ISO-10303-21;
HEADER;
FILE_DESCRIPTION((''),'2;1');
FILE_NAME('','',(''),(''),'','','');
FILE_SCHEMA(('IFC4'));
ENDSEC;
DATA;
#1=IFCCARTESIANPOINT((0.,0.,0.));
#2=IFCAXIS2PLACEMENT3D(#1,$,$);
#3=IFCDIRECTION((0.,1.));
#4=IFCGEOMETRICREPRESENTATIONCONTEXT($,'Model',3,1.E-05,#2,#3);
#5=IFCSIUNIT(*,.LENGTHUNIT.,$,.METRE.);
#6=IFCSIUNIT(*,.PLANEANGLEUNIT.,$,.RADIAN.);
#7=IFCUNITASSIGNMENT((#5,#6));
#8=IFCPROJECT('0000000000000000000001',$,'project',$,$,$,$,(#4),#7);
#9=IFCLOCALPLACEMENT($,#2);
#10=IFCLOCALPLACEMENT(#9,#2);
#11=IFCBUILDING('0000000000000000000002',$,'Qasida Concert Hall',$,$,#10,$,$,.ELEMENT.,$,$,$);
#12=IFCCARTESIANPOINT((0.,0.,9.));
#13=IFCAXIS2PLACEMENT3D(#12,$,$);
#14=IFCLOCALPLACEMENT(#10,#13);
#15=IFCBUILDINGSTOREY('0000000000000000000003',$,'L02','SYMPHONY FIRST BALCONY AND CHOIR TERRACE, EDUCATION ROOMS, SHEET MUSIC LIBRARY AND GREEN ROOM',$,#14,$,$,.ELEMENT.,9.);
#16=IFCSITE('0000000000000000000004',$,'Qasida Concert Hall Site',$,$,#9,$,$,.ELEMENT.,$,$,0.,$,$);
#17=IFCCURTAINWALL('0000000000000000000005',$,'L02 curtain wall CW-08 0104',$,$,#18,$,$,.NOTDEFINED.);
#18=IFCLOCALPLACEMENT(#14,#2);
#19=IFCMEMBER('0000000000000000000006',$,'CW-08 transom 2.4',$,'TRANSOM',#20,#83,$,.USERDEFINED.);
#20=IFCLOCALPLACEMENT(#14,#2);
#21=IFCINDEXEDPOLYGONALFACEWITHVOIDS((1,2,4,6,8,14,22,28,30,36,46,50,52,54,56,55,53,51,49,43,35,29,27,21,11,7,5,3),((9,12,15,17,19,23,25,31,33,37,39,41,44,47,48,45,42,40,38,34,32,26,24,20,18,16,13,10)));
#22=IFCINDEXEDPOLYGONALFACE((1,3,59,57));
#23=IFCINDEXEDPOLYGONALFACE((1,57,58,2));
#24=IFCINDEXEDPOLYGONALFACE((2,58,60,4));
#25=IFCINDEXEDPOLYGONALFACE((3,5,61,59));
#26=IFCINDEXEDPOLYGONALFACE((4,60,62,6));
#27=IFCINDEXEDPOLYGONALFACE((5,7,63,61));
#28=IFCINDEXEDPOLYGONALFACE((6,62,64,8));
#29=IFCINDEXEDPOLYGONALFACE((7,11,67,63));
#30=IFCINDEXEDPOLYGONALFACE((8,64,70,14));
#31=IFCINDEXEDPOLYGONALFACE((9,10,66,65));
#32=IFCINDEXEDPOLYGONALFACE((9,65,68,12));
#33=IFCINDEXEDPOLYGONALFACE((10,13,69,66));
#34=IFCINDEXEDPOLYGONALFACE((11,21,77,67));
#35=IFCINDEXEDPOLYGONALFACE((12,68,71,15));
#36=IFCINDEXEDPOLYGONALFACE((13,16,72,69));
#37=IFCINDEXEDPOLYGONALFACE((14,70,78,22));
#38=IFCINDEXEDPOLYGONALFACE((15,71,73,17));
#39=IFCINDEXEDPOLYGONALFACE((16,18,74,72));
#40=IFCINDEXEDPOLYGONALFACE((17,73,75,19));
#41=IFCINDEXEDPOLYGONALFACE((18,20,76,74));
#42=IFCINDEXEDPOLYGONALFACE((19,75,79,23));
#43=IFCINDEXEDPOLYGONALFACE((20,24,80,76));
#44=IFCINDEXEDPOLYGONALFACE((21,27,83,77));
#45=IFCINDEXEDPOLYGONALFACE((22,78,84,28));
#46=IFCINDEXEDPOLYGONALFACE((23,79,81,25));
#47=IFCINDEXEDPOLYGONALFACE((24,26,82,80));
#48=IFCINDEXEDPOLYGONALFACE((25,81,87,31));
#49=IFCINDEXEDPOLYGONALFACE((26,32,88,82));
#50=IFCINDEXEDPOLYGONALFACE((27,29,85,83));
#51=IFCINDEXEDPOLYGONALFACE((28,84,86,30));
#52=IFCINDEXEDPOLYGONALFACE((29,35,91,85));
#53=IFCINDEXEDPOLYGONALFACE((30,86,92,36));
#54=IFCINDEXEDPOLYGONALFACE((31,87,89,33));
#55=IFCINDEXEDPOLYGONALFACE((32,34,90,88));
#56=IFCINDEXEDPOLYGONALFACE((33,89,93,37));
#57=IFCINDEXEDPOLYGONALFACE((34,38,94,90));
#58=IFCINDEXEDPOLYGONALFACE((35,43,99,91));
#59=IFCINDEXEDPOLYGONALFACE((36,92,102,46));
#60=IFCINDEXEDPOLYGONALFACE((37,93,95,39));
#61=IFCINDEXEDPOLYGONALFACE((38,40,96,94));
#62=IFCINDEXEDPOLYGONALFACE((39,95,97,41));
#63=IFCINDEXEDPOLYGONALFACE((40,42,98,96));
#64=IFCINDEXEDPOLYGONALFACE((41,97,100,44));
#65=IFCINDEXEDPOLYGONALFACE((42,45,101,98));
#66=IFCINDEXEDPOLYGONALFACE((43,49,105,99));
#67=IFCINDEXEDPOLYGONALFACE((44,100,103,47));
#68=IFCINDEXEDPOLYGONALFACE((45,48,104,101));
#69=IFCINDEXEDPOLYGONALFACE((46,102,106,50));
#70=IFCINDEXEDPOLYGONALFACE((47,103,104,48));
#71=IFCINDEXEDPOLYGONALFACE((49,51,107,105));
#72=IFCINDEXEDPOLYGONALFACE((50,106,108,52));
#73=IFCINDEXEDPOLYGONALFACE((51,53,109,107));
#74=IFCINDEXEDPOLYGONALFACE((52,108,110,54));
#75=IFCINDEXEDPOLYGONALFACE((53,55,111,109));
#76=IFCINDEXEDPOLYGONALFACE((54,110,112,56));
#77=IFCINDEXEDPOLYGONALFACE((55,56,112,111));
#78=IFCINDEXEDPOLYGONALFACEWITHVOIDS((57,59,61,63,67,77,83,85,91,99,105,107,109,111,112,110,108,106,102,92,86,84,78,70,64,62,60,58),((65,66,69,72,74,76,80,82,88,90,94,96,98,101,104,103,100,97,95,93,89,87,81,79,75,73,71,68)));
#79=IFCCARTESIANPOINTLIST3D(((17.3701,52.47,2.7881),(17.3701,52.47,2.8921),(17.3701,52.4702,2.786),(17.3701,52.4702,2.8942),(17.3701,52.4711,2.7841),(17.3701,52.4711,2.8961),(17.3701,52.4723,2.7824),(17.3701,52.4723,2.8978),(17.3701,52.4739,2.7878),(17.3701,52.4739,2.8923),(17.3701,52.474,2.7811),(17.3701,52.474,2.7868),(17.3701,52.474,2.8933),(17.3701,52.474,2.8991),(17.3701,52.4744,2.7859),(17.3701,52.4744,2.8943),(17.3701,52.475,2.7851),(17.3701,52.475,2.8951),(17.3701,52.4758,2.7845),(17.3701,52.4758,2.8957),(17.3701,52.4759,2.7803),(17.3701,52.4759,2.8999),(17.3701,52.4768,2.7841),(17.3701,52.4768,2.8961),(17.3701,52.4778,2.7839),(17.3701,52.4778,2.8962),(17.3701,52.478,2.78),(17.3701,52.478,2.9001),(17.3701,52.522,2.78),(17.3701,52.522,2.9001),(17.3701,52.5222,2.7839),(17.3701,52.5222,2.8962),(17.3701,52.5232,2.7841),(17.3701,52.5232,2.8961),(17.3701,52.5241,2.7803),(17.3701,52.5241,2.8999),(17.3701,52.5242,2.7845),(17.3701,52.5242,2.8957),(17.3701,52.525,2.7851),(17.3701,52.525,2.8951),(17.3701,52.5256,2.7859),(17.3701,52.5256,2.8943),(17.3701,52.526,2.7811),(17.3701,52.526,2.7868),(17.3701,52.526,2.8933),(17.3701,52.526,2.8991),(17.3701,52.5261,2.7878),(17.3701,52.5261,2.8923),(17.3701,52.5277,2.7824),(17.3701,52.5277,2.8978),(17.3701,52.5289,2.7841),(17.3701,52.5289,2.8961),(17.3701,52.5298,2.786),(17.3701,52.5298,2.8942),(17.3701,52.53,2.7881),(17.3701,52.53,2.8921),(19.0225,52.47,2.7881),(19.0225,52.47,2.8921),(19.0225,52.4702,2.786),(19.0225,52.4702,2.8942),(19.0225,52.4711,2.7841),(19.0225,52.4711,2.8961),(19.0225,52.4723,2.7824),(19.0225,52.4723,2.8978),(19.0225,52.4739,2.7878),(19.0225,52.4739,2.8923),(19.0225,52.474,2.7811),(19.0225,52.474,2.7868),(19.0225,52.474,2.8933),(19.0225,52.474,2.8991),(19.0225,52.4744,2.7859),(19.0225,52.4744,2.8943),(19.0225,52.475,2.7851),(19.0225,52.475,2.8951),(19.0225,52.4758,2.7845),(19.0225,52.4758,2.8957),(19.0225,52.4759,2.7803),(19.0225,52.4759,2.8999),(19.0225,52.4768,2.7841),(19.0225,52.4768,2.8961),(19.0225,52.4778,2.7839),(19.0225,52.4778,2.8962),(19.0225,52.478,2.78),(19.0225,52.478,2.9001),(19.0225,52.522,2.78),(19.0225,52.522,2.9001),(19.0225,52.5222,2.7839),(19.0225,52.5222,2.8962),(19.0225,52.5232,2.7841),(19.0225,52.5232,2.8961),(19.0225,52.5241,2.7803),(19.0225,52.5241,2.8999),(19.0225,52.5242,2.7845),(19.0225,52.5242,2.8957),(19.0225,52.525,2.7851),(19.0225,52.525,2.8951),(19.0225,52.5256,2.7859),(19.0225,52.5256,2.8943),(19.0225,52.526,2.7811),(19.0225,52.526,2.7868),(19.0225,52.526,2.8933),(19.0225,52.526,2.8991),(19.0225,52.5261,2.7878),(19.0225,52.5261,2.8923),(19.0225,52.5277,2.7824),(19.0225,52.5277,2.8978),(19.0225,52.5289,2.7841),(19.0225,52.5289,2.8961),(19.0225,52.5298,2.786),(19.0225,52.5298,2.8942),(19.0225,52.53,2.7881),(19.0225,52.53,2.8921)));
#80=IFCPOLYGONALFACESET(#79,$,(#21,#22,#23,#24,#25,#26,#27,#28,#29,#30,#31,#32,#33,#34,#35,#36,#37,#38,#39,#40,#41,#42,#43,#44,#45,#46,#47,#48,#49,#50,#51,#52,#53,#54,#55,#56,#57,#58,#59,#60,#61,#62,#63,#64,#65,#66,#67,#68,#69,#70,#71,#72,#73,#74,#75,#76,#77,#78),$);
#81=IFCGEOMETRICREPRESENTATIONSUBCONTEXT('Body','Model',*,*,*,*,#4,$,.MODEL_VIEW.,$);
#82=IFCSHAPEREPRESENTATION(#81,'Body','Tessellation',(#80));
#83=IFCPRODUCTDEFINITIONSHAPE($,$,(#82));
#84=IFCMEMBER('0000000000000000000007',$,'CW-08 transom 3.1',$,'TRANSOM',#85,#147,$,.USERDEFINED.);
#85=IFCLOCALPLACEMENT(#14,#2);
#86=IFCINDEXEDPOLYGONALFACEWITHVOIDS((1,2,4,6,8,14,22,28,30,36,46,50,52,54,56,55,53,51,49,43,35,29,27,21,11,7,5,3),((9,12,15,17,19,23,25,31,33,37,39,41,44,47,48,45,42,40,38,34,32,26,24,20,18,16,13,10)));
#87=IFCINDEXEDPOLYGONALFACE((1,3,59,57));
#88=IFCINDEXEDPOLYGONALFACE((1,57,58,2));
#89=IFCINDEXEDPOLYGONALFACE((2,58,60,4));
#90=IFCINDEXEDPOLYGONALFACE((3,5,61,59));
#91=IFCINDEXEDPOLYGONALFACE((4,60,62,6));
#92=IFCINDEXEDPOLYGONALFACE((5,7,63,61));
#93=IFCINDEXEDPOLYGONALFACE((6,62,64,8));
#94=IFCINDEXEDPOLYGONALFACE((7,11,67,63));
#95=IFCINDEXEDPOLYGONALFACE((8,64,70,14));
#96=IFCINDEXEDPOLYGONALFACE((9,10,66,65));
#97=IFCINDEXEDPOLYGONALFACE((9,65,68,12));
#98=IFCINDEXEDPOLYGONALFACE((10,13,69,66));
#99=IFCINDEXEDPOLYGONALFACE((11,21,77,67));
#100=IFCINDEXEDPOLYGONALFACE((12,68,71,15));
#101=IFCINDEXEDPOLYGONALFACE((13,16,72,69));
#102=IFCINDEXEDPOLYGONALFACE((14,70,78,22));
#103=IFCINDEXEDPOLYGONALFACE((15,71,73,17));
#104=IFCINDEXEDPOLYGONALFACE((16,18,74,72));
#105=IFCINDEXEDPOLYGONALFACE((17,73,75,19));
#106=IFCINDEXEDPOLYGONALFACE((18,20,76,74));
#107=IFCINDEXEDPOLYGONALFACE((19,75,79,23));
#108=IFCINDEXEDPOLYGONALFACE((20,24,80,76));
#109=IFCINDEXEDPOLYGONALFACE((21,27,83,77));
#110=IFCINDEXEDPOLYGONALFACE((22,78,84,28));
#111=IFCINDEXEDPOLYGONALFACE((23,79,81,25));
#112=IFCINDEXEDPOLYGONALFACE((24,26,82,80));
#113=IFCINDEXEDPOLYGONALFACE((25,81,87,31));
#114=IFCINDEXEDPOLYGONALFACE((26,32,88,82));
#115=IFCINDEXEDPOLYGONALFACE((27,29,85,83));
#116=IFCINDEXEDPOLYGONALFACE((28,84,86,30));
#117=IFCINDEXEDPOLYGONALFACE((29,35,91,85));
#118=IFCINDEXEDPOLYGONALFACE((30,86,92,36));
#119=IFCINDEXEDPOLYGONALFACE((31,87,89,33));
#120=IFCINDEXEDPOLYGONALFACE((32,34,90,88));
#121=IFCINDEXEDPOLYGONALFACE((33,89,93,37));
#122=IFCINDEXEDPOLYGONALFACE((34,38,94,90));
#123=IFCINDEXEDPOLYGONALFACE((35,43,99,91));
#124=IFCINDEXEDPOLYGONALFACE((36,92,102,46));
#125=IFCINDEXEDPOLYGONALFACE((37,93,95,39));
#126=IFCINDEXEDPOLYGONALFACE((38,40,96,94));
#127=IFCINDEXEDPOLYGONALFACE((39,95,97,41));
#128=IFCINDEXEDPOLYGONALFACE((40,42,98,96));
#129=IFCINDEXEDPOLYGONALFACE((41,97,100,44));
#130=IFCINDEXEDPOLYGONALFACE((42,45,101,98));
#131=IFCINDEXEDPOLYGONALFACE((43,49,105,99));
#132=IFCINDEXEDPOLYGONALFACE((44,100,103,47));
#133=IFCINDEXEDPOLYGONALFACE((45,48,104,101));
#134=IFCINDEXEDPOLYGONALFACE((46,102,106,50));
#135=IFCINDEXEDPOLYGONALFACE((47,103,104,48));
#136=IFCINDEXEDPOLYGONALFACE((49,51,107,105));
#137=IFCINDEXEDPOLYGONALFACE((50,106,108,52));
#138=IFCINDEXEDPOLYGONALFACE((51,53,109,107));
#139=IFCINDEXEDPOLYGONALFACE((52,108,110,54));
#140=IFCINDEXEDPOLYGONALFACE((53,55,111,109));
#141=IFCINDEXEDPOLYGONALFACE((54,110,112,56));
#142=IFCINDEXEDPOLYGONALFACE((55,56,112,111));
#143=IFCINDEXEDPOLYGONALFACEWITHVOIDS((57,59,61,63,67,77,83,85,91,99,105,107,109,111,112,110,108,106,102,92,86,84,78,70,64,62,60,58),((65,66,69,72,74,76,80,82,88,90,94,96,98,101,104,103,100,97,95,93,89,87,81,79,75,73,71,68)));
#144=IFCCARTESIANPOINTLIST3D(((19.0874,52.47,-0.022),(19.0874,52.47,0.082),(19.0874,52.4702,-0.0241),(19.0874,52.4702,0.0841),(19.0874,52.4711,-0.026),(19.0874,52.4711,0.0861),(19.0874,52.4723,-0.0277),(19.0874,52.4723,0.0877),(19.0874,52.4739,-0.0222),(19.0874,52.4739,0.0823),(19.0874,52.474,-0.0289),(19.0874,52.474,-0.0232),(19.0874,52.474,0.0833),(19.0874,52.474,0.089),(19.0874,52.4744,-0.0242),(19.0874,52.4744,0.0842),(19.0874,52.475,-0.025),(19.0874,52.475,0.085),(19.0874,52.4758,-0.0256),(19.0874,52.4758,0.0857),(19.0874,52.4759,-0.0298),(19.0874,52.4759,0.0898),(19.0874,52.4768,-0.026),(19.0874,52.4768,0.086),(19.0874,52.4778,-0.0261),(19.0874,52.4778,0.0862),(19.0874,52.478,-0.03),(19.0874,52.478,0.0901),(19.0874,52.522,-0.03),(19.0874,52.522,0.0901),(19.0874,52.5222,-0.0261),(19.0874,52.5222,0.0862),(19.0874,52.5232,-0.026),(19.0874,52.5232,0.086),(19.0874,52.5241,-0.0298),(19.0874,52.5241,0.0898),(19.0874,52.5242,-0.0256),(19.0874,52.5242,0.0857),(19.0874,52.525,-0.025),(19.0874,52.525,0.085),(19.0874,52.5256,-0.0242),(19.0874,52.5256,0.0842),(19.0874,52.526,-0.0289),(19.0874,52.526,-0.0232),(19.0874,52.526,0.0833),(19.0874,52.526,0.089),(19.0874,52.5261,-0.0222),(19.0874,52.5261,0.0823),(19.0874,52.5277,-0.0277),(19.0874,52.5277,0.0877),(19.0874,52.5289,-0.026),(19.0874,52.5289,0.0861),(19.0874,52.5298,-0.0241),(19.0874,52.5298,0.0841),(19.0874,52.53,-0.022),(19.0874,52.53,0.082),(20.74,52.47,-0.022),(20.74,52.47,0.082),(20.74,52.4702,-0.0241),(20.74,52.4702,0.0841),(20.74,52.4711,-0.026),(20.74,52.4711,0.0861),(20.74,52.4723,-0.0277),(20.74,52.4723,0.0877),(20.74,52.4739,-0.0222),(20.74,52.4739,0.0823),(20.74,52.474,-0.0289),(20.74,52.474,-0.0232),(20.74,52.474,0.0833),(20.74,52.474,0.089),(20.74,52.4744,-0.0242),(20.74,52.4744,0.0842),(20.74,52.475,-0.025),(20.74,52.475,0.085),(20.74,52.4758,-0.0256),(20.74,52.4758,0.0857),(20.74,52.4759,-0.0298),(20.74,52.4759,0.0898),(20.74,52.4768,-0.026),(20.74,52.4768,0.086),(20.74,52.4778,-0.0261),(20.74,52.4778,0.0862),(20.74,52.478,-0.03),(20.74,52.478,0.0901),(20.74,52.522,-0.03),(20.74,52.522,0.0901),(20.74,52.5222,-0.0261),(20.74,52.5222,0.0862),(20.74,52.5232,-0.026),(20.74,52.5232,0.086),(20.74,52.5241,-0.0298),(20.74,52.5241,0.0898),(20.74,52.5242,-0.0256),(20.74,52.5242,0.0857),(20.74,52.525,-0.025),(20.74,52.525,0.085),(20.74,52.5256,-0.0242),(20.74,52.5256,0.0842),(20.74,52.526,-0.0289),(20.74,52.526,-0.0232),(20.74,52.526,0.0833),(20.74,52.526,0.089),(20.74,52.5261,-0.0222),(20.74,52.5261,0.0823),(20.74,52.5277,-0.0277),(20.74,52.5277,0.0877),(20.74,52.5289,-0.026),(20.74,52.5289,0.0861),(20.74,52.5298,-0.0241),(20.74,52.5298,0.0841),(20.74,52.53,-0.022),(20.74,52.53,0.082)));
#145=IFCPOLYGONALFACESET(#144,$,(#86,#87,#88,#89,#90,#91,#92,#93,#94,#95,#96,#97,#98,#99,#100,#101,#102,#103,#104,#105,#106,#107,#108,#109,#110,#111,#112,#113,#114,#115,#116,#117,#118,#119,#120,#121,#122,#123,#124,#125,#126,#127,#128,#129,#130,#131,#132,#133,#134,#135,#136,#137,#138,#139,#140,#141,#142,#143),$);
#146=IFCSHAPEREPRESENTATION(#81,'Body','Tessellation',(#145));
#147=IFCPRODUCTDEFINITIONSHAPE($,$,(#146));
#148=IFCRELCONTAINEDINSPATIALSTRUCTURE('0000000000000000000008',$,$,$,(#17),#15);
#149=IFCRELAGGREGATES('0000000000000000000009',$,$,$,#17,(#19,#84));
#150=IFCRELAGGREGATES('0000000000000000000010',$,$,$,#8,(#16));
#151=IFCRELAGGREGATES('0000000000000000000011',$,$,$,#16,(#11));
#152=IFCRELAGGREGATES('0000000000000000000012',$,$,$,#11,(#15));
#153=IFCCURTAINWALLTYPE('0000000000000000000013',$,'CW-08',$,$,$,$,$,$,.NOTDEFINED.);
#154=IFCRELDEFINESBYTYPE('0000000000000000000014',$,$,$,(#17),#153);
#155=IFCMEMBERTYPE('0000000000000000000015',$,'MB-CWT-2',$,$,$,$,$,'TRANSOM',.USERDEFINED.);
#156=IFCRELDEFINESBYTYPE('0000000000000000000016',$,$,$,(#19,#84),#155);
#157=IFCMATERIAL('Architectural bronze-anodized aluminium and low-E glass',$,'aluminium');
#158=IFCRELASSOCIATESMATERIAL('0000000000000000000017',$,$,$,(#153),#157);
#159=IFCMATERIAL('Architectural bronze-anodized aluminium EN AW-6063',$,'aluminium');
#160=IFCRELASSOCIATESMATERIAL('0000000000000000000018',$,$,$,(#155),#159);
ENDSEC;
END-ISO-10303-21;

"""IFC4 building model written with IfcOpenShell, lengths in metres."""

from ifc_helpers import new_model, si_unit, direction, frame, origin, origin_2d, place, context, subcontext, project, spatial, hollow_rectangle, extrude, material, material_profile, profile_set, type_object, element, aggregate, save


model = new_model("IFC4")

# Units and contexts
model_context = context("Model", 3, precision=1e-05, world=origin(), true_north=direction((0.0, 1.0)))
body_context = subcontext(model_context, "Body", "Model", "MODEL_VIEW")
ifc_project = project(units=[si_unit("LENGTHUNIT", "METRE"), si_unit("PLANEANGLEUNIT", "RADIAN")], contexts=[model_context])

# Site, building, storey
site_placement = place(None, origin())
site = spatial("IfcSite", under=ifc_project, at=site_placement, Name="Qasida Concert Hall Site", CompositionType="ELEMENT", RefElevation=0.0)
building_placement = place(site_placement, origin())
building = spatial("IfcBuilding", under=site, at=building_placement, Name="Qasida Concert Hall", CompositionType="ELEMENT")
storey_placement = place(building_placement, frame((0.0, 0.0, 9.0)))
storey = spatial("IfcBuildingStorey", under=building, at=storey_placement, Name="L02", Description="SYMPHONY FIRST BALCONY AND CHOIR TERRACE, EDUCATION ROOMS, SHEET MUSIC LIBRARY AND GREEN ROOM", CompositionType="ELEMENT", Elevation=9.0)

# Curtain wall, members
ifc_material_1 = material(Name="Architectural bronze-anodized aluminium and low-E glass", Category="aluminium")
curtain_wall_type = type_object("IfcCurtainWallType", Name="CW-08", PredefinedType="NOTDEFINED", material=ifc_material_1)
curtain_wall_placement = place(storey_placement, origin())
curtain_wall = element("IfcCurtainWall", 1, at=curtain_wall_placement, inside=storey, type_object=curtain_wall_type, Name="L02 curtain wall CW-08 0104", PredefinedType="NOTDEFINED")
ifc_material_2 = material(Name="Architectural bronze-anodized aluminium EN AW-6063", Category="aluminium")
ifc_material_profile_1 = material_profile(ifc_material_2, hollow_rectangle(XDim=0.0601, YDim=0.1201, WallThickness=0.0039, InnerFilletRadius=0.0039, OuterFilletRadius=0.0081, at=origin_2d()), Name="CWT 120x60x4")
ifc_profile_set_1 = profile_set([ifc_material_profile_1], Name="Architectural bronze-anodized aluminium EN AW-6063")
member_type_1 = type_object("IfcMemberType", Name="MB-CWT-2", ElementType="TRANSOM", PredefinedType="USERDEFINED", material=ifc_profile_set_1)
member_1_placement = place(storey_placement, frame((17.3701, 52.5, 2.8401), z_axis=(1.0, 0.0, 0.0), x_axis=(0.0, 1.0, 0.0)))
member_1 = element("IfcMember", 2, at=member_1_placement, type_object=member_type_1, Name="CW-08 transom 2.4", ObjectType="TRANSOM", PredefinedType="USERDEFINED", context=body_context, shape_type="SweptSolid", body=[
    extrude(hollow_rectangle(XDim=0.0601, YDim=0.1201, WallThickness=0.0039, InnerFilletRadius=0.0039, OuterFilletRadius=0.0081, at=origin_2d()), origin(), (0.0, 0.0, 1.0), 1.6523),
])
member_2_placement = place(storey_placement, frame((19.0874, 52.5, 0.03), z_axis=(1.0, 0.0, 0.0), x_axis=(0.0, 1.0, 0.0)))
member_2 = element("IfcMember", 3, at=member_2_placement, type_object=member_type_1, Name="CW-08 transom 3.1", ObjectType="TRANSOM", PredefinedType="USERDEFINED", context=body_context, shape_type="SweptSolid", body=[
    extrude(hollow_rectangle(XDim=0.0601, YDim=0.1201, WallThickness=0.0039, InnerFilletRadius=0.0039, OuterFilletRadius=0.0081, at=origin_2d()), origin(), (0.0, 0.0, 1.0), 1.6526),
])
aggregate(curtain_wall, [member_1, member_2])

save(model, "model.ifc")
